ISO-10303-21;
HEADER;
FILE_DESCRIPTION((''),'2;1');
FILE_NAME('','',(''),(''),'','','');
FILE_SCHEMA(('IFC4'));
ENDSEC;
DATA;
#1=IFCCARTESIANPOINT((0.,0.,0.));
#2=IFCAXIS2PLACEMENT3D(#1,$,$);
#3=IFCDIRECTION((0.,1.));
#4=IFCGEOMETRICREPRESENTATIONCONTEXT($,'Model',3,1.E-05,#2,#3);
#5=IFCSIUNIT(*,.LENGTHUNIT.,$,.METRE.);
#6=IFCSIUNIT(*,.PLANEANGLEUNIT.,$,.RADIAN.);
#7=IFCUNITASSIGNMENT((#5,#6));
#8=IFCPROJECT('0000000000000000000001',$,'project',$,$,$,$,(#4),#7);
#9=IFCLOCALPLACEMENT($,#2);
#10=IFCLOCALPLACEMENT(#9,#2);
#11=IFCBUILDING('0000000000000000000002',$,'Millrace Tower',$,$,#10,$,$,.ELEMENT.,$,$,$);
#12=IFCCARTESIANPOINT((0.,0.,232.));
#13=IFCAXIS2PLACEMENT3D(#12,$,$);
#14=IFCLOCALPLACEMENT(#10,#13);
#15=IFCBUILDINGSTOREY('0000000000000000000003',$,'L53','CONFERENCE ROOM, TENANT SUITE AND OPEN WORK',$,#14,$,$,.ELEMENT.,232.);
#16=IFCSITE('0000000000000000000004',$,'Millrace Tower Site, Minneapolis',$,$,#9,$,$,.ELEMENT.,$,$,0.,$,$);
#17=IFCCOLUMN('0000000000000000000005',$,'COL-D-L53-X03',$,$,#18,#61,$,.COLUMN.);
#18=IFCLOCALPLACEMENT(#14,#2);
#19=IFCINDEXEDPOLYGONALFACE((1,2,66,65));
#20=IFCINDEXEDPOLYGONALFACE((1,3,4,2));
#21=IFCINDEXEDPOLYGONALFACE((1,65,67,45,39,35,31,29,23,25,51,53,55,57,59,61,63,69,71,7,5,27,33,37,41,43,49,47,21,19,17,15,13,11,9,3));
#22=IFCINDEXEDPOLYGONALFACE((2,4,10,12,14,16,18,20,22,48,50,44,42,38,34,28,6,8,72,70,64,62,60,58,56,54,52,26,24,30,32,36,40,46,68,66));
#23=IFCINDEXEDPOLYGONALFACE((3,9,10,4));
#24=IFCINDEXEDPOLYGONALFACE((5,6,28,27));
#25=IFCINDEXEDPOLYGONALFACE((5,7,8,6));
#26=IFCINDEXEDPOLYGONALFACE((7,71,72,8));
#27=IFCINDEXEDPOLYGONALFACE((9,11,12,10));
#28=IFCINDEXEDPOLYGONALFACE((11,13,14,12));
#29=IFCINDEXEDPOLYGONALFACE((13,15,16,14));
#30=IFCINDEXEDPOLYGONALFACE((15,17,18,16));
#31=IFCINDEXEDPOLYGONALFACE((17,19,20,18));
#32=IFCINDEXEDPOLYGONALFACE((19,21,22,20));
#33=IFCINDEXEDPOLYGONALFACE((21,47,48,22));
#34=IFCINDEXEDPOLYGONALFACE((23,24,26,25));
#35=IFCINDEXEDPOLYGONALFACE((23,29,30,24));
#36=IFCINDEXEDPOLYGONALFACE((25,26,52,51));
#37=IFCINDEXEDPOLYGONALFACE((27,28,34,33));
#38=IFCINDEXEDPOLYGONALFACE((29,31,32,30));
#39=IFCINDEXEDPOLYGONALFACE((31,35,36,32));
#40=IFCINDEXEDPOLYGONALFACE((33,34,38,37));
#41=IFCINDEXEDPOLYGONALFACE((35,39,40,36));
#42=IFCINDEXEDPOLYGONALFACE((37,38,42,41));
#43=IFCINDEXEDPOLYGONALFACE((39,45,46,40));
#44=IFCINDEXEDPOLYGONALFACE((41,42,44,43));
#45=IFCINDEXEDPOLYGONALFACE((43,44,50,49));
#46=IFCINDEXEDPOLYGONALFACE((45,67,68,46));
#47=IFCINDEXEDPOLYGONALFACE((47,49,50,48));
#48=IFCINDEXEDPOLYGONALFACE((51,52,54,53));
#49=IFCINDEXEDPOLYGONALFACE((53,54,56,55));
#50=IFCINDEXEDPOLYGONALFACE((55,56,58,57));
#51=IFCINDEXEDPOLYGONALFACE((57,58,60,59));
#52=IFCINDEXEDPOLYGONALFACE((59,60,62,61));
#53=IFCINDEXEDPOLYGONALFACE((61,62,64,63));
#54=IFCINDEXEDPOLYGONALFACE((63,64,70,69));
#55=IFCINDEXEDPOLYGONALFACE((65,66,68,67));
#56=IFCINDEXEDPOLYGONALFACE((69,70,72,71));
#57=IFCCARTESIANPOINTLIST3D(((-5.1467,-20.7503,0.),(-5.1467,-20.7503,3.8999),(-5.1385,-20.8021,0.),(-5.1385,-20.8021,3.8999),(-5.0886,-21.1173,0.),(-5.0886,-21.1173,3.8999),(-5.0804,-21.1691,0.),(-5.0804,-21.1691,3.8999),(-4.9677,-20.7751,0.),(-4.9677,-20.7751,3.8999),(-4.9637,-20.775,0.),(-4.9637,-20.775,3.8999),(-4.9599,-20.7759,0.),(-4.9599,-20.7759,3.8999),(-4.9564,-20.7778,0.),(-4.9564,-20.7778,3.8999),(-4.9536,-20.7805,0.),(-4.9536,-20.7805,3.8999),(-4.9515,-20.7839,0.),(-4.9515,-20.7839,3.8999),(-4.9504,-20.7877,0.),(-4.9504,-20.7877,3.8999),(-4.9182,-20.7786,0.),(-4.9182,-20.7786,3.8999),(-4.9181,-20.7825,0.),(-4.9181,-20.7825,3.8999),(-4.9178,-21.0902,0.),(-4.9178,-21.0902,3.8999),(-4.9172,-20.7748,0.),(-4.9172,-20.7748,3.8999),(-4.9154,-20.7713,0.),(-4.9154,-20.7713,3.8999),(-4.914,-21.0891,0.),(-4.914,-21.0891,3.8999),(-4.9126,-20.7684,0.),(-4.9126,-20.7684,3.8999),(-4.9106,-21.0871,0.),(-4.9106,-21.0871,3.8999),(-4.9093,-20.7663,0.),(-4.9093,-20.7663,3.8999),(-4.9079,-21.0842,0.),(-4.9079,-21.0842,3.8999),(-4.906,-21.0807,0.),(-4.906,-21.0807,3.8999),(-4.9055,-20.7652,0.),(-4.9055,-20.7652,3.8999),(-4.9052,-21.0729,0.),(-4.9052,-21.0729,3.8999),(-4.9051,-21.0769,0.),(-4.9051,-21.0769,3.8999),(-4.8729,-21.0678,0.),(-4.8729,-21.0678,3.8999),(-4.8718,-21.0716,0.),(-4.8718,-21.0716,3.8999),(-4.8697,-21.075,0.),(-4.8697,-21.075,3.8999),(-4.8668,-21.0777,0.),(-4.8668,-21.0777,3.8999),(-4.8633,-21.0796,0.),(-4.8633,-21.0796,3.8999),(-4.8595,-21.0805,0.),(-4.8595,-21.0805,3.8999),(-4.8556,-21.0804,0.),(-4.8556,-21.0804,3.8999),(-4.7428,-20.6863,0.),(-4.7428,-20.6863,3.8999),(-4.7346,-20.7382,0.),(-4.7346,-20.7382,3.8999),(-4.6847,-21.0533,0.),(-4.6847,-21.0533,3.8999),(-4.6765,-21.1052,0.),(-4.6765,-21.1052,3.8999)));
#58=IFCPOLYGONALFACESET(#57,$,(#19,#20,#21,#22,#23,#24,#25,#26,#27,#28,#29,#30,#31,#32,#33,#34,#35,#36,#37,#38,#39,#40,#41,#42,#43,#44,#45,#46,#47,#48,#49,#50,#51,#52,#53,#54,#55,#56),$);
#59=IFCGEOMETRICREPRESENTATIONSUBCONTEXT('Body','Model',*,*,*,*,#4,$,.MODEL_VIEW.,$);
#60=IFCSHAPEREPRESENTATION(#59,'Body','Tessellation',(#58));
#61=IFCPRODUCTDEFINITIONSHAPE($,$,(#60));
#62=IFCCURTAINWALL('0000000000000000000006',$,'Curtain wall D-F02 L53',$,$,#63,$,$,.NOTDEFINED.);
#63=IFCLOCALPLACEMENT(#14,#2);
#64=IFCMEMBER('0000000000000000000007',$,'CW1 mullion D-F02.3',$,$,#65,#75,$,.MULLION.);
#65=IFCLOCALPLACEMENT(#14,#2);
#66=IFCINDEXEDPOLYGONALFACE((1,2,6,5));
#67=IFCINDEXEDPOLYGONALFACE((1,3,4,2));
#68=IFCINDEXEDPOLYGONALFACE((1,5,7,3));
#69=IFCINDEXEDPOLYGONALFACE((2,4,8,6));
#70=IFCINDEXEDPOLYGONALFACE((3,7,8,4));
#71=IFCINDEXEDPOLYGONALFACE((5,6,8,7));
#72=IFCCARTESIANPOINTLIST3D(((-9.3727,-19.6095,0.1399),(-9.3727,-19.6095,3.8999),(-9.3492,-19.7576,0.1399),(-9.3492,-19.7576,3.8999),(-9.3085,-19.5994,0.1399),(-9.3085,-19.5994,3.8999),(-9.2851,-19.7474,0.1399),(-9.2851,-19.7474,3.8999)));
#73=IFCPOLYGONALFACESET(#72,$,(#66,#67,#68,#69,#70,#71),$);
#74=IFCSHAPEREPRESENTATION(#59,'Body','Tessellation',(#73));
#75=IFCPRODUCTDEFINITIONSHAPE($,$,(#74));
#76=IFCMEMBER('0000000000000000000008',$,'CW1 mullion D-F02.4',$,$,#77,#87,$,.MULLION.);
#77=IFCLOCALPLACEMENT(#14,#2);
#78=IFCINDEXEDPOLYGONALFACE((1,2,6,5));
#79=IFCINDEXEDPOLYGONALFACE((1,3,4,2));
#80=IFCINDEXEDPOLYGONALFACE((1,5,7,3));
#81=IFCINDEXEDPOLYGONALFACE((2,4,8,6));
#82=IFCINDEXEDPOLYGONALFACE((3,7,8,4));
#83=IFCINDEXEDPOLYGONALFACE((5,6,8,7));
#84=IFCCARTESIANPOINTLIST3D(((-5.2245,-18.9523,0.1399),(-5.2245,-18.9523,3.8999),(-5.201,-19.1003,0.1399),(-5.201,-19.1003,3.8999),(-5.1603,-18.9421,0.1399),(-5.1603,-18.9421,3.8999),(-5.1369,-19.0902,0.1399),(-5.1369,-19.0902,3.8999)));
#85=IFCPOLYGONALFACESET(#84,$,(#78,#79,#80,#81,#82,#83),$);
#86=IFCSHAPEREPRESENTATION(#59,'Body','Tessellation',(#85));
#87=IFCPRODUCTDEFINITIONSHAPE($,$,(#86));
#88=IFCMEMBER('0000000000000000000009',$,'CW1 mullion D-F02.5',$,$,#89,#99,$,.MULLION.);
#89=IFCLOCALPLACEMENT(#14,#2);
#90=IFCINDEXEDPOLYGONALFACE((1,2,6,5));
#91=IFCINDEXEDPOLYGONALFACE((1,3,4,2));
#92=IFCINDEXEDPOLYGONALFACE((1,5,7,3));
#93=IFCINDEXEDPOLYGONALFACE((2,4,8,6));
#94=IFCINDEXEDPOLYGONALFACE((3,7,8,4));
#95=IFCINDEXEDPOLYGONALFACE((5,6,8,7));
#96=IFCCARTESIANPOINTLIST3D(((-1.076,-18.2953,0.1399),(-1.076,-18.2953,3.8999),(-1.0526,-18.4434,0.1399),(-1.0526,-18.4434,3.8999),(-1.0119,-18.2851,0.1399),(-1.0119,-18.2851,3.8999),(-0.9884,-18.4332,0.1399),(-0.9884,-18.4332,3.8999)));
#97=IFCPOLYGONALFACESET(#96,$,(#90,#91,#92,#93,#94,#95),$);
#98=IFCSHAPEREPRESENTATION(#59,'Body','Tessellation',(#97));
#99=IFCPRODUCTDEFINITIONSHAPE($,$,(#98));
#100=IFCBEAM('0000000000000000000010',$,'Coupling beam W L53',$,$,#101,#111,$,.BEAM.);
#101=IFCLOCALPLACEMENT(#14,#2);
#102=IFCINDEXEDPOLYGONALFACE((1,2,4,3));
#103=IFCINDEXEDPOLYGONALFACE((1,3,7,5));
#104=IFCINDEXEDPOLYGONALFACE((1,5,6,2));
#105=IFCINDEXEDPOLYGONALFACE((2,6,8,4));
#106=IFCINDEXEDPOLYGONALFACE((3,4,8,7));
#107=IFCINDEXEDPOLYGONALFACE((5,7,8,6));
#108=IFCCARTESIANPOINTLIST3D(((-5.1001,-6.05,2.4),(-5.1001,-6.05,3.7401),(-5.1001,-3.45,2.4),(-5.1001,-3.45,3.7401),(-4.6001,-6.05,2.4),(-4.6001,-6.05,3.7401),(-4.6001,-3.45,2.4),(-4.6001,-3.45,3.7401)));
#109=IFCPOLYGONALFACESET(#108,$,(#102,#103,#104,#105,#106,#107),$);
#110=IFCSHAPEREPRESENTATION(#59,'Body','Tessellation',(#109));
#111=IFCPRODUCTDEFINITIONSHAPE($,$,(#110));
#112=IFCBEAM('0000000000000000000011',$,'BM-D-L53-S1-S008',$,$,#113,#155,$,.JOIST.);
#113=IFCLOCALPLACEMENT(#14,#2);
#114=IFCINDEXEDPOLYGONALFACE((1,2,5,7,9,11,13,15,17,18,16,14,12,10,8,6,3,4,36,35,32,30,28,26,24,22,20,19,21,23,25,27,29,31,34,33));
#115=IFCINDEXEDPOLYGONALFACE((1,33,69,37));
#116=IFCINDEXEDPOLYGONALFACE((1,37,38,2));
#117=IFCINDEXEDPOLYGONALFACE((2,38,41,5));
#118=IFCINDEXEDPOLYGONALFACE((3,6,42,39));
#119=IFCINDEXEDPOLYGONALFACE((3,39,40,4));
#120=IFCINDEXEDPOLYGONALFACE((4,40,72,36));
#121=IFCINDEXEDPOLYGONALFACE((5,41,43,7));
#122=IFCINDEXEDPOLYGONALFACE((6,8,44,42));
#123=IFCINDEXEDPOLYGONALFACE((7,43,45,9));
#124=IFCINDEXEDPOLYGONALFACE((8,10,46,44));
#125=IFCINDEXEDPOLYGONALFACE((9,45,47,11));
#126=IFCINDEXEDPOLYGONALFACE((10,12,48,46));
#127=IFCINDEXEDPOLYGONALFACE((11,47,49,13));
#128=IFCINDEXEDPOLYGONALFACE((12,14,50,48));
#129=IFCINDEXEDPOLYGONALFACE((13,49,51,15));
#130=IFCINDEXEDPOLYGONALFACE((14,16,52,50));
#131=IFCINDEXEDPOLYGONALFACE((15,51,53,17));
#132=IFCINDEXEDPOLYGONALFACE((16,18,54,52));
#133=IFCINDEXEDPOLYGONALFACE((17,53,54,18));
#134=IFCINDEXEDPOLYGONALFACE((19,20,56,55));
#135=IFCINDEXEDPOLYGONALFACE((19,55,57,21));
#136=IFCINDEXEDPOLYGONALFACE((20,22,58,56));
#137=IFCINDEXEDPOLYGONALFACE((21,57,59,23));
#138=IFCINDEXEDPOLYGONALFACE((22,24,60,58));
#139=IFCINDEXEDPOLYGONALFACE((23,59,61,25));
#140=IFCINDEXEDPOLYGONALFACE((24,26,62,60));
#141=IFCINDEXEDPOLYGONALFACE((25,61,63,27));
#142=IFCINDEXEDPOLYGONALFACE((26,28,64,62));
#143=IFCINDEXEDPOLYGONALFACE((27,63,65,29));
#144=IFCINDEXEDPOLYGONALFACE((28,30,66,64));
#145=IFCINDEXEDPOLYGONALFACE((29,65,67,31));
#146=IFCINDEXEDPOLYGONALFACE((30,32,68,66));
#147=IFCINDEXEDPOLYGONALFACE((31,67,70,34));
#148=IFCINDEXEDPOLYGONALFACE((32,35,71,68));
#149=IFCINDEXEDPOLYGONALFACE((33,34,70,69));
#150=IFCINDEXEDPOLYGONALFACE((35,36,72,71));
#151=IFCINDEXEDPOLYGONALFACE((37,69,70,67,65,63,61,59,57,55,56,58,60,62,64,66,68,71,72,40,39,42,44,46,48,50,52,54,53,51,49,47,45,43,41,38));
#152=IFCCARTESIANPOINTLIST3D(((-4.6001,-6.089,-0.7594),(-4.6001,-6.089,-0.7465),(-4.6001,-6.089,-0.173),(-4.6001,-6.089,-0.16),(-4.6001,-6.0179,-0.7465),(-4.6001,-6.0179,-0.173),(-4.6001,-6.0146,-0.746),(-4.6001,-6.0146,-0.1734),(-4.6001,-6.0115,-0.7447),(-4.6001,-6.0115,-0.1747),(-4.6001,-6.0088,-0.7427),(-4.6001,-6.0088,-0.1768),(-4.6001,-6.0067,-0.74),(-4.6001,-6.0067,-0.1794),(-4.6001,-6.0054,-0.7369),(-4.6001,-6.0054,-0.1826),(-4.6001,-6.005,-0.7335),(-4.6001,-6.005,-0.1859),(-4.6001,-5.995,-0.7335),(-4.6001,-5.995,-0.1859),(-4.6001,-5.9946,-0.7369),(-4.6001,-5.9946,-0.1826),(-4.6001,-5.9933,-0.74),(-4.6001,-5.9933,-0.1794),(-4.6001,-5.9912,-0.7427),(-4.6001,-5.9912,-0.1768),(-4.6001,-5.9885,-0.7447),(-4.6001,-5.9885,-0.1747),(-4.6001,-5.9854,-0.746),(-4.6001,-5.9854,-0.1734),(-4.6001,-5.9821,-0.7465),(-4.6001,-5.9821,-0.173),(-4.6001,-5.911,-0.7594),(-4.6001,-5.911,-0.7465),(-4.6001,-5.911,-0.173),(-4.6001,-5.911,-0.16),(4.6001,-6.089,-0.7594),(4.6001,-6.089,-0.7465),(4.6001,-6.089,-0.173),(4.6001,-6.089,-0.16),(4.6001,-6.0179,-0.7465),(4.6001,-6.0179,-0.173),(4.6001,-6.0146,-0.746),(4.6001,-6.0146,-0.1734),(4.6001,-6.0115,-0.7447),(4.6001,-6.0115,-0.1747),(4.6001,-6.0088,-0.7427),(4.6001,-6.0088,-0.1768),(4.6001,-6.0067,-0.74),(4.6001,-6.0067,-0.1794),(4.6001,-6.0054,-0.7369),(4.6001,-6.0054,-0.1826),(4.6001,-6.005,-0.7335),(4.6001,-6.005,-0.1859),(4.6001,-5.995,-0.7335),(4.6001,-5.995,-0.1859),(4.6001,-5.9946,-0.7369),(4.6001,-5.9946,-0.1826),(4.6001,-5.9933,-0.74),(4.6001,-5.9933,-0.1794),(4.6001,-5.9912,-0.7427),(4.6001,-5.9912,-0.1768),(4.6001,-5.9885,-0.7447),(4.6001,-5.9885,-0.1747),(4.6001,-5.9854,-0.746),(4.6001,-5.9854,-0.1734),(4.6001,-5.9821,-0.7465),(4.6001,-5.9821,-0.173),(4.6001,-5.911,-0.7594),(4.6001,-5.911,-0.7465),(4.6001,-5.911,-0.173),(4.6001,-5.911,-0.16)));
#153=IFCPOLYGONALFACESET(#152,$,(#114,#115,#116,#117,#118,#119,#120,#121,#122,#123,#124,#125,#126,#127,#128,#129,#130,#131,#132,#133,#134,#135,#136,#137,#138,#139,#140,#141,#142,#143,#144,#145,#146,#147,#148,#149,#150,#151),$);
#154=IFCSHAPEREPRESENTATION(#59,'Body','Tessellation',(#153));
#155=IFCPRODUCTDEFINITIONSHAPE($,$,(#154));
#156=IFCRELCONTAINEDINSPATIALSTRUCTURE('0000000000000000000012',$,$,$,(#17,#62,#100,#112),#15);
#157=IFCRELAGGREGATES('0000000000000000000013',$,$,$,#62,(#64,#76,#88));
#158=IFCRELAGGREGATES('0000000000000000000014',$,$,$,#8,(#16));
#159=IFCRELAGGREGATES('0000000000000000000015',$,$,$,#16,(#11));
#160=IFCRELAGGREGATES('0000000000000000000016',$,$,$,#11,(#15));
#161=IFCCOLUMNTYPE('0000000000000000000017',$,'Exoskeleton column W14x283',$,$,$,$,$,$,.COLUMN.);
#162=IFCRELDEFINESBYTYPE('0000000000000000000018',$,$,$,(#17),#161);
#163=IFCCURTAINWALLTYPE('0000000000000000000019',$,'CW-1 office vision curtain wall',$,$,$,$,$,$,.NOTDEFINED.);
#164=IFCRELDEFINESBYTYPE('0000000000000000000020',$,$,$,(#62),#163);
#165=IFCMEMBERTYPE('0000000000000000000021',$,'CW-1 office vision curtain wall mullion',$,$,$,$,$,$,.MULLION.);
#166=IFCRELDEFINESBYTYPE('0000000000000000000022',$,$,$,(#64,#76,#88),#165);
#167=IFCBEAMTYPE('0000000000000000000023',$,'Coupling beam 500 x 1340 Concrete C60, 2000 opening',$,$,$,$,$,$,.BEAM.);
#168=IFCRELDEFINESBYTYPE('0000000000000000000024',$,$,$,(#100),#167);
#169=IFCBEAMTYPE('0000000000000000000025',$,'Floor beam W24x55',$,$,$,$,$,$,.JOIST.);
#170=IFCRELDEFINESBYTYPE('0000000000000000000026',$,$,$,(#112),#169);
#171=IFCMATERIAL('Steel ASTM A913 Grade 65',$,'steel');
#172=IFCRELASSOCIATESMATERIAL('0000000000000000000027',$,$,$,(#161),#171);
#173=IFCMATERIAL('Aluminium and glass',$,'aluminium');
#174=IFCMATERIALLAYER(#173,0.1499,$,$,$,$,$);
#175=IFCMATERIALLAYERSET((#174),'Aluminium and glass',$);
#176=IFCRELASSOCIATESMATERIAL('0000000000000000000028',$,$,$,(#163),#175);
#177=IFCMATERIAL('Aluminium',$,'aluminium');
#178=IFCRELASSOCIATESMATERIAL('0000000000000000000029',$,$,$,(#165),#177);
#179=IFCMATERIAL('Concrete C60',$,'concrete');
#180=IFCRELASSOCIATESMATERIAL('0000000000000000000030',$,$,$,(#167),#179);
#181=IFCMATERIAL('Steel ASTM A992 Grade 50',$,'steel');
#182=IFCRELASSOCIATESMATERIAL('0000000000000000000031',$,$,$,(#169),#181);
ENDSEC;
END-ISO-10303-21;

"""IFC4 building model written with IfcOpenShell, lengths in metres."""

from ifc_helpers import new_model, si_unit, direction, frame, origin, origin_2d, place, context, subcontext, project, spatial, rectangle, i_section, extrude, material, layer, layer_set, material_profile, profile_set, type_object, element, aggregate, save


model = new_model("IFC4")

# Units and contexts
model_context = context("Model", 3, precision=1e-05, world=origin(), true_north=direction((0.0, 1.0)))
body_context = subcontext(model_context, "Body", "Model", "MODEL_VIEW")
ifc_project = project(units=[si_unit("LENGTHUNIT", "METRE"), si_unit("PLANEANGLEUNIT", "RADIAN")], contexts=[model_context])

# Site, building, storey
site_placement = place(None, origin())
site = spatial("IfcSite", under=ifc_project, at=site_placement, Name="Millrace Tower Site, Minneapolis", CompositionType="ELEMENT", RefElevation=0.0)
building_placement = place(site_placement, origin())
building = spatial("IfcBuilding", under=site, at=building_placement, Name="Millrace Tower", CompositionType="ELEMENT")
storey_placement = place(building_placement, frame((0.0, 0.0, 232.0)))
storey = spatial("IfcBuildingStorey", under=building, at=storey_placement, Name="L53", Description="CONFERENCE ROOM, TENANT SUITE AND OPEN WORK", CompositionType="ELEMENT", Elevation=232.0)

# Column
ifc_material_1 = material(Name="Steel ASTM A913 Grade 65", Category="steel")
ifc_material_profile_1 = material_profile(ifc_material_1, i_section(OverallWidth=0.4089, OverallDepth=0.4241, WebThickness=0.0327, FlangeThickness=0.0525, FilletRadius=0.0151, at=origin_2d()))
ifc_profile_set_1 = profile_set([ifc_material_profile_1], Name="Steel ASTM A913 Grade 65")
column_type = type_object("IfcColumnType", Name="Exoskeleton column W14x283", PredefinedType="COLUMN", material=ifc_profile_set_1)
column_placement = place(storey_placement, frame((-4.9116, -20.9277, 0.0), z_axis=(0.0, 0.0, 1.0), x_axis=(0.987688, 0.156434, 0.0)))
element("IfcColumn", 1, at=column_placement, inside=storey, type_object=column_type, Name="COL-D-L53-X03", PredefinedType="COLUMN", context=body_context, shape_type="SweptSolid", body=[
    extrude(i_section(OverallWidth=0.4089, OverallDepth=0.4241, WebThickness=0.0327, FlangeThickness=0.0525, FilletRadius=0.0151, at=origin_2d()), origin(), (0.0, 0.0, 1.0), 3.8999),
])

# Curtain wall, members
ifc_material_2 = material(Name="Aluminium and glass", Category="aluminium")
ifc_layer_1 = layer(ifc_material_2, 0.1499)
ifc_layer_set_1 = layer_set([ifc_layer_1], Name="Aluminium and glass")
curtain_wall_type = type_object("IfcCurtainWallType", Name="CW-1 office vision curtain wall", PredefinedType="NOTDEFINED", material=ifc_layer_set_1)
curtain_wall_placement = place(storey_placement, origin())
curtain_wall = element("IfcCurtainWall", 2, at=curtain_wall_placement, inside=storey, type_object=curtain_wall_type, Name="Curtain wall D-F02 L53", PredefinedType="NOTDEFINED")
ifc_material_3 = material(Name="Aluminium", Category="aluminium")
ifc_material_profile_2 = material_profile(ifc_material_3, rectangle(XDim=0.0649, YDim=0.1499, at=origin_2d()))
ifc_profile_set_2 = profile_set([ifc_material_profile_2], Name="Aluminium")
member_type = type_object("IfcMemberType", Name="CW-1 office vision curtain wall mullion", PredefinedType="MULLION", material=ifc_profile_set_2)
member_1_placement = place(storey_placement, frame((-9.3289, -19.6785, 0.1399), z_axis=(0.0, 0.0, 1.0), x_axis=(0.987688, 0.156434, 0.0)))
member_1 = element("IfcMember", 3, at=member_1_placement, type_object=member_type, Name="CW1 mullion D-F02.3", PredefinedType="MULLION", context=body_context, shape_type="SweptSolid", body=[
    extrude(rectangle(XDim=0.0649, YDim=0.1499, at=origin_2d()), origin(), (0.0, 0.0, 1.0), 3.76),
])
member_2_placement = place(storey_placement, frame((-5.1807, -19.0212, 0.1399), z_axis=(0.0, 0.0, 1.0), x_axis=(0.987688, 0.156434, 0.0)))
member_2 = element("IfcMember", 4, at=member_2_placement, type_object=member_type, Name="CW1 mullion D-F02.4", PredefinedType="MULLION", context=body_context, shape_type="SweptSolid", body=[
    extrude(rectangle(XDim=0.0649, YDim=0.1499, at=origin_2d()), origin(), (0.0, 0.0, 1.0), 3.76),
])
member_3_placement = place(storey_placement, frame((-1.0322, -18.3643, 0.1399), z_axis=(0.0, 0.0, 1.0), x_axis=(0.987688, 0.156434, 0.0)))
member_3 = element("IfcMember", 5, at=member_3_placement, type_object=member_type, Name="CW1 mullion D-F02.5", PredefinedType="MULLION", context=body_context, shape_type="SweptSolid", body=[
    extrude(rectangle(XDim=0.0649, YDim=0.1499, at=origin_2d()), origin(), (0.0, 0.0, 1.0), 3.76),
])
aggregate(curtain_wall, [member_1, member_2, member_3])

# Beams
ifc_material_4 = material(Name="Concrete C60", Category="concrete")
ifc_material_profile_3 = material_profile(ifc_material_4, rectangle(XDim=0.5, YDim=1.3401, at=origin_2d()))
ifc_profile_set_3 = profile_set([ifc_material_profile_3], Name="Concrete C60")
beam_type_1 = type_object("IfcBeamType", Name="Coupling beam 500 x 1340 Concrete C60, 2000 opening", PredefinedType="BEAM", material=ifc_profile_set_3)
beam_1_placement = place(storey_placement, frame((-4.8501, -6.05, 3.0701), z_axis=(0.0, 1.0, 0.0), x_axis=(-1.0, 0.0, 0.0)))
element("IfcBeam", 6, at=beam_1_placement, inside=storey, type_object=beam_type_1, Name="Coupling beam W L53", PredefinedType="BEAM", context=body_context, shape_type="SweptSolid", body=[
    extrude(rectangle(XDim=0.5, YDim=1.3401, at=origin_2d()), origin(), (0.0, 0.0, 1.0), 2.6001),
])
ifc_material_5 = material(Name="Steel ASTM A992 Grade 50", Category="steel")
ifc_material_profile_4 = material_profile(ifc_material_5, i_section(OverallWidth=0.178, OverallDepth=0.5994, WebThickness=0.01, FlangeThickness=0.0129, FilletRadius=0.0129, at=origin_2d()))
ifc_profile_set_4 = profile_set([ifc_material_profile_4], Name="Steel ASTM A992 Grade 50")
beam_type_2 = type_object("IfcBeamType", Name="Floor beam W24x55", PredefinedType="JOIST", material=ifc_profile_set_4)
beam_2_placement = place(storey_placement, frame((-4.6001, -6.0, -0.4597), z_axis=(1.0, 0.0, 0.0), x_axis=(0.0, 1.0, 0.0)))
element("IfcBeam", 7, at=beam_2_placement, inside=storey, type_object=beam_type_2, Name="BM-D-L53-S1-S008", PredefinedType="JOIST", context=body_context, shape_type="SweptSolid", body=[
    extrude(i_section(OverallWidth=0.178, OverallDepth=0.5994, WebThickness=0.01, FlangeThickness=0.0129, FilletRadius=0.0129, at=origin_2d()), origin(), (0.0, 0.0, 1.0), 9.2002),
])

save(model, "model.ifc")
